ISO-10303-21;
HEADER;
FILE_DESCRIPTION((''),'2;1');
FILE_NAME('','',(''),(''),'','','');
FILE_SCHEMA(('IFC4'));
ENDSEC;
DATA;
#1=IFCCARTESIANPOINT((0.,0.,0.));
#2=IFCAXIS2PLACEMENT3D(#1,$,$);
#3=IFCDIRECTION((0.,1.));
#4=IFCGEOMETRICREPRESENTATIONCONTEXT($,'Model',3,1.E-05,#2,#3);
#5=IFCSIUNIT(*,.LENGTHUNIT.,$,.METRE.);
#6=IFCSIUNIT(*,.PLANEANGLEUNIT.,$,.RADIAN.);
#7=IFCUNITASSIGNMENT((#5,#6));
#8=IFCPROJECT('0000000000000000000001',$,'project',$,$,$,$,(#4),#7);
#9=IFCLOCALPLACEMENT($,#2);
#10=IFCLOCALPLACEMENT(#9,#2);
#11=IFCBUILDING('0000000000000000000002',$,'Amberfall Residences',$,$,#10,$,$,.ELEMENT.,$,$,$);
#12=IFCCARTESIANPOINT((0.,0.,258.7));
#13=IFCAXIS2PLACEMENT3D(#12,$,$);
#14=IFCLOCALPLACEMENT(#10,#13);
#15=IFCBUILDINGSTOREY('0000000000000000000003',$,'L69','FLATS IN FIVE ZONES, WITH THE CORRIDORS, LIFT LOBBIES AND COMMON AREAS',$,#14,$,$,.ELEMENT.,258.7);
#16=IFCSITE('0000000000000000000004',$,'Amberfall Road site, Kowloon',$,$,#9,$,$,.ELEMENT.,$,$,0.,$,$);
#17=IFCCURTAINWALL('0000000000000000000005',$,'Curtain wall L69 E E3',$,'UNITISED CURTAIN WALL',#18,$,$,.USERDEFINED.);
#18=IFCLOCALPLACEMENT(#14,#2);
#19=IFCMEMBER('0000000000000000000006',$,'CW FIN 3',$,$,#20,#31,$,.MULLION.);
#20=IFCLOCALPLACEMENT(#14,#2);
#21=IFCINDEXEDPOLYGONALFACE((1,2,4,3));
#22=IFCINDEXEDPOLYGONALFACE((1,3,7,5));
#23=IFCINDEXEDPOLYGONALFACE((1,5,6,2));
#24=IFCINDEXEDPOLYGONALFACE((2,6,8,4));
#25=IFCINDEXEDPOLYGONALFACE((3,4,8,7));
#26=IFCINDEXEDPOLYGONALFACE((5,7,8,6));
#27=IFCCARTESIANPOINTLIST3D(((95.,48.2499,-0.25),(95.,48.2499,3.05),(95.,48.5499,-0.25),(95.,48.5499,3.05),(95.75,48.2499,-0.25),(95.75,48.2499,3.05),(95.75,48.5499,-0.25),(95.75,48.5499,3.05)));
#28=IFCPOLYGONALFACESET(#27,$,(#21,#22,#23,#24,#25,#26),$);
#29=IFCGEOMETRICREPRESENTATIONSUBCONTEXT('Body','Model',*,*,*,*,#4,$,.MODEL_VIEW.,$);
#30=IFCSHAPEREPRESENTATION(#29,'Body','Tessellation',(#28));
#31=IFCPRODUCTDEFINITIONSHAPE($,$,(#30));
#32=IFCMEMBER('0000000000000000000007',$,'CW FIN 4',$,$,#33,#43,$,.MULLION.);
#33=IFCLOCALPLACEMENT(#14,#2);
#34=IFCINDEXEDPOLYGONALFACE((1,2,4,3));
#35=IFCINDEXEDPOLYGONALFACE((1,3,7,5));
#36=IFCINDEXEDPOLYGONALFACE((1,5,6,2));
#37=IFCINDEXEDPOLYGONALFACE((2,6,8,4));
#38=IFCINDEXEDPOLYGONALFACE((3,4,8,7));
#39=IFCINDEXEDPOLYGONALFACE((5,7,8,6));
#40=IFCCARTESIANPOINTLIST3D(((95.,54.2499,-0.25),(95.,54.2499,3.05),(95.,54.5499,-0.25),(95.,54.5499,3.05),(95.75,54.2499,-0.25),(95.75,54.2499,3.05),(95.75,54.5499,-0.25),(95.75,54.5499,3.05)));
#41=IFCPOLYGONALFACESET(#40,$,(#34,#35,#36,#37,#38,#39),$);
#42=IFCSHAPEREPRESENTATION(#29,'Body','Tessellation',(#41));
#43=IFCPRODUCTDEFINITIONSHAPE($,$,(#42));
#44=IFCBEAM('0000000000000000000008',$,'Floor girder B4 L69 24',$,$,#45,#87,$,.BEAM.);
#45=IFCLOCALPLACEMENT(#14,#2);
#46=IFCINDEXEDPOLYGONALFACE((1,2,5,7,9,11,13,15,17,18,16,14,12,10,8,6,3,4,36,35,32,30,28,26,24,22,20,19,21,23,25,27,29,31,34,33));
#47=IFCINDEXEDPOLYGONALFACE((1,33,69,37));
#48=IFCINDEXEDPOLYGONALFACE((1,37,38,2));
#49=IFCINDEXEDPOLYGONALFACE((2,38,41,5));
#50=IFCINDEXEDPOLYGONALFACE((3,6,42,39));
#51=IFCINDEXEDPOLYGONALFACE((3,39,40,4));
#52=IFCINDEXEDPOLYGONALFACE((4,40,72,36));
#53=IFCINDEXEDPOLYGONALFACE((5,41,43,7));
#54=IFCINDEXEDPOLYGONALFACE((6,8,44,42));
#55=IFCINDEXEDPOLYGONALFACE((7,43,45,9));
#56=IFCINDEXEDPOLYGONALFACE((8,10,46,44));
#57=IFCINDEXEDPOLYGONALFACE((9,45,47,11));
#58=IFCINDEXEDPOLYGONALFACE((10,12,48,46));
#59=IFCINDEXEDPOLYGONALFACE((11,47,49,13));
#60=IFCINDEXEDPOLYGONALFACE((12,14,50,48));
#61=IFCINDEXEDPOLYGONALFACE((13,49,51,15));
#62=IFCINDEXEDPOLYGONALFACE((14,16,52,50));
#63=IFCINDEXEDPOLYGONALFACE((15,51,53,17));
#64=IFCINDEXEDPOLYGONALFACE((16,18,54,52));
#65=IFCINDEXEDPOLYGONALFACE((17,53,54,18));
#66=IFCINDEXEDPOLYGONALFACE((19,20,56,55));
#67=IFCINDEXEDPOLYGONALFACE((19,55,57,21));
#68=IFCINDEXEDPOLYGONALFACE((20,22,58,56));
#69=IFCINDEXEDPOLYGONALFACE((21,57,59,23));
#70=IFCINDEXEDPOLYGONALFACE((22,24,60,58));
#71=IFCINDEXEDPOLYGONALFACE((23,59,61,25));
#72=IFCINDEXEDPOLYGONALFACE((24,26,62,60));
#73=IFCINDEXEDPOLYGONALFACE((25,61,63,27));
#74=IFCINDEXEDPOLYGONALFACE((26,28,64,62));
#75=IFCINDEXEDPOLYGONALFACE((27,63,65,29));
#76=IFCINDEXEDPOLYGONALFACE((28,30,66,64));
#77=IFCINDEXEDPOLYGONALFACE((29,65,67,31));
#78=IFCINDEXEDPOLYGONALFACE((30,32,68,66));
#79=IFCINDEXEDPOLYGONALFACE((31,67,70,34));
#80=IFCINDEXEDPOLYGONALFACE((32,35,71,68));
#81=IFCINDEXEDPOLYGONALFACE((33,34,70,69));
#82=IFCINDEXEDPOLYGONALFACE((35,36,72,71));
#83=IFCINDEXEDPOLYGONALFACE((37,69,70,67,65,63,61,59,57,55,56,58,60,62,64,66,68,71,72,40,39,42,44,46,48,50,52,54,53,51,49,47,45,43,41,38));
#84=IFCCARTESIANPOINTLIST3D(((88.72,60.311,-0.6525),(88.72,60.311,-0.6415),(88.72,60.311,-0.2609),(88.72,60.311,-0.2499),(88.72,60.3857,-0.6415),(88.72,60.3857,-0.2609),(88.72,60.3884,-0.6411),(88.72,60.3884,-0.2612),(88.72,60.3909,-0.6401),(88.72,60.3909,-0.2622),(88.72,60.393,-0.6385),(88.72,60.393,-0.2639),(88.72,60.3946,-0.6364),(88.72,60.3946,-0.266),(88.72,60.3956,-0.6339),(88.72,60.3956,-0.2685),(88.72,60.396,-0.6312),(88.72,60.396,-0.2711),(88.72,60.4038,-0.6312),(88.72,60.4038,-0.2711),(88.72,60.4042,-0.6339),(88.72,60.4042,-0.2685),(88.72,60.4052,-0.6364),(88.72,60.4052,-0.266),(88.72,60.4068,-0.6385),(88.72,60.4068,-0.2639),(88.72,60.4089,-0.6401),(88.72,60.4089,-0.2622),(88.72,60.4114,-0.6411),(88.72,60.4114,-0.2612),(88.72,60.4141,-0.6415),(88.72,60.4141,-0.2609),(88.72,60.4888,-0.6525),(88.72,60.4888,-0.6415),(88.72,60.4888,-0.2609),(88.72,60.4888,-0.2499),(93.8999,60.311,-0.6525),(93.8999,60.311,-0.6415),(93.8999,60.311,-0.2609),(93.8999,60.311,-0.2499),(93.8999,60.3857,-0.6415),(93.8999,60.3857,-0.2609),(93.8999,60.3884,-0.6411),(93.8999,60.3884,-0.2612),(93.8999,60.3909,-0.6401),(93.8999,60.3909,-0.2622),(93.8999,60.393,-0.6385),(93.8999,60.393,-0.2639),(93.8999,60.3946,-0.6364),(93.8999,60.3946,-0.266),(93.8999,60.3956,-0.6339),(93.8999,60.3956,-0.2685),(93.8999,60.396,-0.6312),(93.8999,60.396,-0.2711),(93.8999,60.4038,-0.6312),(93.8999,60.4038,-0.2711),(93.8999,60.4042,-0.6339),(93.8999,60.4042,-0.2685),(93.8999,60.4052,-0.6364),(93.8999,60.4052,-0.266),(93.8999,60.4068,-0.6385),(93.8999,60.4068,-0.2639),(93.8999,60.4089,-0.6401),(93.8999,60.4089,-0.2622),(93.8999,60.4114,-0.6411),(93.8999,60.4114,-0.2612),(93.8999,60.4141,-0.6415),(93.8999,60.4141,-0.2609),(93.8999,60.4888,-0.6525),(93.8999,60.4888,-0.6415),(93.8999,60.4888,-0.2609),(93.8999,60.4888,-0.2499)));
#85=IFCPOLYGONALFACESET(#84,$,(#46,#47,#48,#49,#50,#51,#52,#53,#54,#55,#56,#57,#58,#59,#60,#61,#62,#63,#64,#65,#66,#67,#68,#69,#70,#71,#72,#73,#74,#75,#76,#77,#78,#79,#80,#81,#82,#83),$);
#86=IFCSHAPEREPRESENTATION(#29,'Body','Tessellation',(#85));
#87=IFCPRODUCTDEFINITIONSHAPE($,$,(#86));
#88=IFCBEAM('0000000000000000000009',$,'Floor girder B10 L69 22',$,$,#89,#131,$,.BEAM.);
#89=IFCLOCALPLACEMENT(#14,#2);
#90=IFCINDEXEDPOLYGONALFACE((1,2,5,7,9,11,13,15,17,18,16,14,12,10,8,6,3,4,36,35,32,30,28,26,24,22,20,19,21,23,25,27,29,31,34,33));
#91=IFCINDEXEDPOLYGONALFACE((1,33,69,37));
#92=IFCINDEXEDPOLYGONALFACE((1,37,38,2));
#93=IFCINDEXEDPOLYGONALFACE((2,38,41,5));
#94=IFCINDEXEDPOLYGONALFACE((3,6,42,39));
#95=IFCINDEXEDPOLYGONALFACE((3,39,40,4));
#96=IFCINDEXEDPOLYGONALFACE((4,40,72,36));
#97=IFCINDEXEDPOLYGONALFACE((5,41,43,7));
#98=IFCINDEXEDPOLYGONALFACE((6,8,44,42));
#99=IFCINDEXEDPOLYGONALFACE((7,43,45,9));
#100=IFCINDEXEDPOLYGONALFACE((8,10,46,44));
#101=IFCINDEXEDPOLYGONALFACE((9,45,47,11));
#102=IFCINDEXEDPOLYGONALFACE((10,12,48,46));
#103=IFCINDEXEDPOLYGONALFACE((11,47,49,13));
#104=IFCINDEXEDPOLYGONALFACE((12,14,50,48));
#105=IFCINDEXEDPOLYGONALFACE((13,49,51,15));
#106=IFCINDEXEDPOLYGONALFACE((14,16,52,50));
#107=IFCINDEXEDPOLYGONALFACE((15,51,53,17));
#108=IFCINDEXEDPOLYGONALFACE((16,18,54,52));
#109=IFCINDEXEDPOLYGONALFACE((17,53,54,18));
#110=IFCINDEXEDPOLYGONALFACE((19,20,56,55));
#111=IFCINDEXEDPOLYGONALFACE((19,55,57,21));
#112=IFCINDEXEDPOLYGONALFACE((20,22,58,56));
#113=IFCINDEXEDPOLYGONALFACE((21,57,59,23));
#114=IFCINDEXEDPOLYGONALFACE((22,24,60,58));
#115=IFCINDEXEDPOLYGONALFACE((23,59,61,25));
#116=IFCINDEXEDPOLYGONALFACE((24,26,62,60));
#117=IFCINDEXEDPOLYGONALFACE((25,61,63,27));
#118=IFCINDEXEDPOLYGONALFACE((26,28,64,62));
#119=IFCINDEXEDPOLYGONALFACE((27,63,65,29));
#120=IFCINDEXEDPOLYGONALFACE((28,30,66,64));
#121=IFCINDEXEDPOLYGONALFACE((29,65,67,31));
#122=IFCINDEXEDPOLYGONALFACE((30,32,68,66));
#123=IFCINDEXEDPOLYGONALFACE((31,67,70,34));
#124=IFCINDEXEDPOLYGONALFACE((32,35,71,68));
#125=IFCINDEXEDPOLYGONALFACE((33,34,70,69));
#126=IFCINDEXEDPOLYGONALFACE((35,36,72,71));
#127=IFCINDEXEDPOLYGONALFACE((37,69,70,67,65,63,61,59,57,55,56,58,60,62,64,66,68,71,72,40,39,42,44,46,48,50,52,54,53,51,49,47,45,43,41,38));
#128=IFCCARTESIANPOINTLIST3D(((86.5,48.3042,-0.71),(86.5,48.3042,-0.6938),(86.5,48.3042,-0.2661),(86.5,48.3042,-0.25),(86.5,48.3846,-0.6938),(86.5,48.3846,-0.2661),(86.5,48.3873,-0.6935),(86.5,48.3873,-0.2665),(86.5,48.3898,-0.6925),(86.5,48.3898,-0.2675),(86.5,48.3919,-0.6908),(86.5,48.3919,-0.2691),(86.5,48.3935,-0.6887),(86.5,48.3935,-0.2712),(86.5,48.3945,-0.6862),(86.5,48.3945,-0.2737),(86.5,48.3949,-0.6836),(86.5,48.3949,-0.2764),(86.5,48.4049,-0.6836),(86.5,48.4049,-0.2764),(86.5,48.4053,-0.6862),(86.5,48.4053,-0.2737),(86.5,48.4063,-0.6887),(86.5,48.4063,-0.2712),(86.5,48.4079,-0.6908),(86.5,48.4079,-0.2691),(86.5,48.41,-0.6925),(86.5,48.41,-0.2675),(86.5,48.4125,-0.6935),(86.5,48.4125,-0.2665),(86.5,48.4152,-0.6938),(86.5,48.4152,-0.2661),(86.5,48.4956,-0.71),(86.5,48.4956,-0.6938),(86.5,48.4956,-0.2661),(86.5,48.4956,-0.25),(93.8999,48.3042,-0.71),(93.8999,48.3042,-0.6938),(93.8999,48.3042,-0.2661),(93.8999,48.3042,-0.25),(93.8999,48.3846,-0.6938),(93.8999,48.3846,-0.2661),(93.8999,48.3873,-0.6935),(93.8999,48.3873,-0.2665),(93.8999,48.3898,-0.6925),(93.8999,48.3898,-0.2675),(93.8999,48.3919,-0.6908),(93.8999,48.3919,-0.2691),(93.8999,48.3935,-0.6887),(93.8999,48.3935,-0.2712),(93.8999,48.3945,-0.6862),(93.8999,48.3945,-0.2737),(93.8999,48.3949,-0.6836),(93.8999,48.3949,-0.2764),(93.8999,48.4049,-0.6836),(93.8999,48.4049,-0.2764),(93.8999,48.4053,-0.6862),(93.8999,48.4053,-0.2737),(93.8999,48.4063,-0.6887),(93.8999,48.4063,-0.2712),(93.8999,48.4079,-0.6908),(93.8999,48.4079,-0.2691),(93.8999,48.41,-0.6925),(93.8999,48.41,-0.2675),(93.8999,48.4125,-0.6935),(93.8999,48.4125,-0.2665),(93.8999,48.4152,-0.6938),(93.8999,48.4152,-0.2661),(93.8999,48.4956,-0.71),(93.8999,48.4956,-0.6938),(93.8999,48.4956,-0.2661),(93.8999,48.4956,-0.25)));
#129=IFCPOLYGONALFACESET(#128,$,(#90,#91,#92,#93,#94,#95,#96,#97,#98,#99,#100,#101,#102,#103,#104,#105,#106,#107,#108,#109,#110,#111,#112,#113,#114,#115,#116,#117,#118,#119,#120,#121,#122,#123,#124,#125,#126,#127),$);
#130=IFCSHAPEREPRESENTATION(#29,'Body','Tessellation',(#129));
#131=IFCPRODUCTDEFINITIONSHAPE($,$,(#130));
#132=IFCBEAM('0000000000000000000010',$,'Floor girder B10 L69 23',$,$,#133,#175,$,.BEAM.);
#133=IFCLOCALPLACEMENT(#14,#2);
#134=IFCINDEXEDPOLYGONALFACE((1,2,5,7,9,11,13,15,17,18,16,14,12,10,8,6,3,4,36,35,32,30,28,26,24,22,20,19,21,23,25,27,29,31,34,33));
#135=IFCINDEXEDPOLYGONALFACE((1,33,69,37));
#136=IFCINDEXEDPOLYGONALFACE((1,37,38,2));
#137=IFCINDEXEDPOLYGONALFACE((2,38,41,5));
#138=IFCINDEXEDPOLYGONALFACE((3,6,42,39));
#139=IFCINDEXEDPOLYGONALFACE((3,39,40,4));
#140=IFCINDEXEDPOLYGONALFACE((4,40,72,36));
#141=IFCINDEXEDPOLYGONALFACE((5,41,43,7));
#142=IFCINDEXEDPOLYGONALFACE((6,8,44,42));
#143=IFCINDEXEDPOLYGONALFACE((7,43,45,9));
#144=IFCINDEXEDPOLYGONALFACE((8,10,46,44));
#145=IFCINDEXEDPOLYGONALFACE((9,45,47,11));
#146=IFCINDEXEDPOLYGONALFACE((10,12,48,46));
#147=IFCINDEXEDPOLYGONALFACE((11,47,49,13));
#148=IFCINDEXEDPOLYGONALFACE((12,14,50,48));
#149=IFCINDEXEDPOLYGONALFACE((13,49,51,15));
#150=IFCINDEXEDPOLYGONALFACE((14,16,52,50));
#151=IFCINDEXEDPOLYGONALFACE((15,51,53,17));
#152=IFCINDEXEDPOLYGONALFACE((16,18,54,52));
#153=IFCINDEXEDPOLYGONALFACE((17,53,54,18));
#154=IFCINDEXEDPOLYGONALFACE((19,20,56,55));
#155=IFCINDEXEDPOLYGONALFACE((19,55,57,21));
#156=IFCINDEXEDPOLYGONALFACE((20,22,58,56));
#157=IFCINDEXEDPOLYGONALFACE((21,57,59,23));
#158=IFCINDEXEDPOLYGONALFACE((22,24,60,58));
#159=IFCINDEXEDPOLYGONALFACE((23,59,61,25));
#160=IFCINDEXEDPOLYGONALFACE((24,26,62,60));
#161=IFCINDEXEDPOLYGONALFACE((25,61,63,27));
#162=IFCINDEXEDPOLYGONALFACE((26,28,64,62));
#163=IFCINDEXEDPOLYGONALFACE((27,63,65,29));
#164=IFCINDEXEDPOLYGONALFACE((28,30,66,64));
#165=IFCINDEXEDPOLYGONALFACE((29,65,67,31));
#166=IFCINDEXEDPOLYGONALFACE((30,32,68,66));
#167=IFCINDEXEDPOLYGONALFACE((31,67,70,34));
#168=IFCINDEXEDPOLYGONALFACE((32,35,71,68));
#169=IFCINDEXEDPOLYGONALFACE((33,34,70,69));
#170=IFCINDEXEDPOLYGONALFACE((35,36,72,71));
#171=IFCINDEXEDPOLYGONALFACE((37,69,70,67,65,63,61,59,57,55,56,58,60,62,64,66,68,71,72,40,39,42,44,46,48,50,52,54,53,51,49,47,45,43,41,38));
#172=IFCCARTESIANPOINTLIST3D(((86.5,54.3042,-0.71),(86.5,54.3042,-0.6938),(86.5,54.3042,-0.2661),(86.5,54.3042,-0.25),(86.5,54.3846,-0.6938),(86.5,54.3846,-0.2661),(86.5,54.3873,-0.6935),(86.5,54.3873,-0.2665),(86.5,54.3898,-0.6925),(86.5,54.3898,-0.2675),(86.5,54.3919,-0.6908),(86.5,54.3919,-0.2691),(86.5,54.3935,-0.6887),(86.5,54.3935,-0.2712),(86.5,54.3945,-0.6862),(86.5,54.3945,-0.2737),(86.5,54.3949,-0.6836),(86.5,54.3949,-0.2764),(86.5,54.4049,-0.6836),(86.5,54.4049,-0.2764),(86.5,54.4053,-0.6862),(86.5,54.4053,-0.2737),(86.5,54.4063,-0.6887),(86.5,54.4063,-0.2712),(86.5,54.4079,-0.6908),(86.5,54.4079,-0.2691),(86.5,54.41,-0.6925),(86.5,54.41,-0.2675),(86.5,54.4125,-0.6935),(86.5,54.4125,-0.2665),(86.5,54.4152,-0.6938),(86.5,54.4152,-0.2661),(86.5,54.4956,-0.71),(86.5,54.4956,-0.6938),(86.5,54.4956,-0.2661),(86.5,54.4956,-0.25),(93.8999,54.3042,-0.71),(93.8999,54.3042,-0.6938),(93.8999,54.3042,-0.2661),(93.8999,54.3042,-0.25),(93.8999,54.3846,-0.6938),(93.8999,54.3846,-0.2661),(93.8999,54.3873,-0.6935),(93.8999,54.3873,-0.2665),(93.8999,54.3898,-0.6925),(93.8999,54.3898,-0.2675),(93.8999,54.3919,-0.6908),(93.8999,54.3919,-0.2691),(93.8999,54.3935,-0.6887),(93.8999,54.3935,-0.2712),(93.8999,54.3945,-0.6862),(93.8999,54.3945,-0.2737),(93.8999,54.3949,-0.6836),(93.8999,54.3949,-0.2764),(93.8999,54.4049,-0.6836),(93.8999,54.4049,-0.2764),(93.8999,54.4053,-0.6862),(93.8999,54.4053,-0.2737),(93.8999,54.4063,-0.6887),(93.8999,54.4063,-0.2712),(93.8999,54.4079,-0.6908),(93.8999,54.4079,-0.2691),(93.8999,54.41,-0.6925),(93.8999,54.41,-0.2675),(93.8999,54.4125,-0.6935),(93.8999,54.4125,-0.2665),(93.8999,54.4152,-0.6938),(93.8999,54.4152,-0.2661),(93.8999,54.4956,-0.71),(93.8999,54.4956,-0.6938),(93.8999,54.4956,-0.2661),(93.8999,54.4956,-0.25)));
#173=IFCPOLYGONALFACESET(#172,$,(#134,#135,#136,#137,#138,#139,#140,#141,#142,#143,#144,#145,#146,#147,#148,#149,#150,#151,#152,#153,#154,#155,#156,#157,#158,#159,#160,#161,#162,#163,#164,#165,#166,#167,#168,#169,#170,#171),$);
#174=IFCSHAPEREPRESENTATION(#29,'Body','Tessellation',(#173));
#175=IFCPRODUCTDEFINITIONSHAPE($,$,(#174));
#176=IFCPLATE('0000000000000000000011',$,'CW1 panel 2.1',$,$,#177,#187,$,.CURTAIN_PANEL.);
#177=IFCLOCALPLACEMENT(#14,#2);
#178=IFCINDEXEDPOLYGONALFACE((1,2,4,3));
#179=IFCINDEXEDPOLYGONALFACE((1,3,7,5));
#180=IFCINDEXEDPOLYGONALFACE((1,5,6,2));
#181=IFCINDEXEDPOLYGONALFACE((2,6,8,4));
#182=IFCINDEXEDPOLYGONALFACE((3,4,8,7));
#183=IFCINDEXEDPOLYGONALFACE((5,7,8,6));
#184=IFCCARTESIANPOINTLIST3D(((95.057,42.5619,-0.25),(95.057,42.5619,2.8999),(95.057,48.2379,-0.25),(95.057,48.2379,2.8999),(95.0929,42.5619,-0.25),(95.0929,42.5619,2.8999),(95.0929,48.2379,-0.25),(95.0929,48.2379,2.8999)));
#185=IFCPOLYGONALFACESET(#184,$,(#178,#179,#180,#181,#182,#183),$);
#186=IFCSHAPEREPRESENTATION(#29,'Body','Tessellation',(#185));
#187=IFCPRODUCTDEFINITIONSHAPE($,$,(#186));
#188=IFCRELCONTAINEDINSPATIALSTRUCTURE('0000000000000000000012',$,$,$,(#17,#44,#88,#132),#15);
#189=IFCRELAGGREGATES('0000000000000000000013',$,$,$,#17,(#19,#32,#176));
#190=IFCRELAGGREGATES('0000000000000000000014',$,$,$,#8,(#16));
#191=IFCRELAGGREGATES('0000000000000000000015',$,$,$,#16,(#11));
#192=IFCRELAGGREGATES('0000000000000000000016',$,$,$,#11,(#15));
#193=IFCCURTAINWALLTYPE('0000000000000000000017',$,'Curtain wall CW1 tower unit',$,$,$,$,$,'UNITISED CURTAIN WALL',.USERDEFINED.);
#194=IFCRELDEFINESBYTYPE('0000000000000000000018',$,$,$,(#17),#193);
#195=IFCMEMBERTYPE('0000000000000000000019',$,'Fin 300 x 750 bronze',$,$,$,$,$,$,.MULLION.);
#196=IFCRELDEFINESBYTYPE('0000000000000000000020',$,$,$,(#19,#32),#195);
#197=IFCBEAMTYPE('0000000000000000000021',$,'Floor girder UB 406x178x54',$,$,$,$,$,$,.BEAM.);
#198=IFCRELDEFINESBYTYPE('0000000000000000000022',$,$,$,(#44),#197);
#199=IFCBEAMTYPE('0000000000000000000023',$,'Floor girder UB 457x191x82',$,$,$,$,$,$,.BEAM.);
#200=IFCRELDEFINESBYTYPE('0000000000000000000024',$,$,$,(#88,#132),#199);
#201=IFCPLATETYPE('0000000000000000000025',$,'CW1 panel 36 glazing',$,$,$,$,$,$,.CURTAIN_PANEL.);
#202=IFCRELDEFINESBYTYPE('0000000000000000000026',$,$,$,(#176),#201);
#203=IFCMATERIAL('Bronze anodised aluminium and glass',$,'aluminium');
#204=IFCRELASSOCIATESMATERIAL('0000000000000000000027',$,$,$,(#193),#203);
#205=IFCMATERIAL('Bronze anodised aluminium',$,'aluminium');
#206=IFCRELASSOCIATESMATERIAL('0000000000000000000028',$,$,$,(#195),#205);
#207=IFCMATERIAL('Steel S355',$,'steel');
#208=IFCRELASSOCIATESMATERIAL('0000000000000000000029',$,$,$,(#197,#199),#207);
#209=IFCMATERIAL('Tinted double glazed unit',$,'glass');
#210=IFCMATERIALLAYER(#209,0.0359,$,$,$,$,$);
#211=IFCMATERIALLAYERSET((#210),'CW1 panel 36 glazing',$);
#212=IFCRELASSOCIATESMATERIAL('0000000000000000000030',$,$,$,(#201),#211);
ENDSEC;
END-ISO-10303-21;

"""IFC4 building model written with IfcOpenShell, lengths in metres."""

from ifc_helpers import new_model, si_unit, direction, frame, origin, origin_2d, place, context, subcontext, project, spatial, rectangle, i_section, extrude, material, layer, layer_set, material_profile, profile_set, type_object, element, aggregate, save


model = new_model("IFC4")

# Units and contexts
model_context = context("Model", 3, precision=1e-05, world=origin(), true_north=direction((0.0, 1.0)))
body_context = subcontext(model_context, "Body", "Model", "MODEL_VIEW")
ifc_project = project(units=[si_unit("LENGTHUNIT", "METRE"), si_unit("PLANEANGLEUNIT", "RADIAN")], contexts=[model_context])

# Site, building, storey
site_placement = place(None, origin())
site = spatial("IfcSite", under=ifc_project, at=site_placement, Name="Amberfall Road site, Kowloon", CompositionType="ELEMENT", RefElevation=0.0)
building_placement = place(site_placement, origin())
building = spatial("IfcBuilding", under=site, at=building_placement, Name="Amberfall Residences", CompositionType="ELEMENT")
storey_placement = place(building_placement, frame((0.0, 0.0, 258.7)))
storey = spatial("IfcBuildingStorey", under=building, at=storey_placement, Name="L69", Description="FLATS IN FIVE ZONES, WITH THE CORRIDORS, LIFT LOBBIES AND COMMON AREAS", CompositionType="ELEMENT", Elevation=258.7)

# Curtain wall
ifc_material_1 = material(Name="Bronze anodised aluminium and glass", Category="aluminium")
curtain_wall_type = type_object("IfcCurtainWallType", Name="Curtain wall CW1 tower unit", ElementType="UNITISED CURTAIN WALL", PredefinedType="USERDEFINED", material=ifc_material_1)
curtain_wall_placement = place(storey_placement, origin())
curtain_wall = element("IfcCurtainWall", 1, at=curtain_wall_placement, inside=storey, type_object=curtain_wall_type, Name="Curtain wall L69 E E3", ObjectType="UNITISED CURTAIN WALL", PredefinedType="USERDEFINED")
ifc_material_2 = material(Name="Bronze anodised aluminium", Category="aluminium")

# Shared definitions
ifc_material_3 = material(Name="Steel S355", Category="steel")

# Members
ifc_material_profile_1 = material_profile(ifc_material_2, rectangle(XDim=0.75, YDim=0.3, at=origin_2d()), Name="Fin 300 x 750 bronze")
ifc_profile_set_1 = profile_set([ifc_material_profile_1], Name="Bronze anodised aluminium")
member_type_1 = type_object("IfcMemberType", Name="Fin 300 x 750 bronze", PredefinedType="MULLION", material=ifc_profile_set_1)
member_1_placement = place(storey_placement, frame((95.375, 48.3999, -0.25), z_axis=(0.0, 0.0, 1.0), x_axis=(-1.0, 0.0, 0.0)))
member_1 = element("IfcMember", 2, at=member_1_placement, type_object=member_type_1, Name="CW FIN 3", PredefinedType="MULLION", context=body_context, shape_type="SweptSolid", body=[
    extrude(rectangle(XDim=0.75, YDim=0.3, at=origin_2d()), origin(), (0.0, 0.0, 1.0), 3.3),
])
member_2_placement = place(storey_placement, frame((95.375, 54.3999, -0.25), z_axis=(0.0, 0.0, 1.0), x_axis=(-1.0, 0.0, 0.0)))
member_2 = element("IfcMember", 3, at=member_2_placement, type_object=member_type_1, Name="CW FIN 4", PredefinedType="MULLION", context=body_context, shape_type="SweptSolid", body=[
    extrude(rectangle(XDim=0.75, YDim=0.3, at=origin_2d()), origin(), (0.0, 0.0, 1.0), 3.3),
])

# Beams
ifc_material_profile_2 = material_profile(ifc_material_3, i_section(OverallWidth=0.1777, OverallDepth=0.4026, WebThickness=0.0078, FlangeThickness=0.011, FilletRadius=0.0103, at=origin_2d()), Name="UB 406x178x54")
ifc_profile_set_2 = profile_set([ifc_material_profile_2], Name="Steel S355")
beam_type_1 = type_object("IfcBeamType", Name="Floor girder UB 406x178x54", PredefinedType="BEAM", material=ifc_profile_set_2)
beam_placement = place(storey_placement, frame((93.8999, 60.3999, -0.4512), z_axis=(-1.0, 0.0, 0.0), x_axis=(0.0, -1.0, 0.0)))
element("IfcBeam", 4, at=beam_placement, inside=storey, type_object=beam_type_1, Name="Floor girder B4 L69 24", PredefinedType="BEAM", context=body_context, shape_type="SweptSolid", body=[
    extrude(i_section(OverallWidth=0.1777, OverallDepth=0.4026, WebThickness=0.0078, FlangeThickness=0.011, FilletRadius=0.0103, at=origin_2d()), origin(), (0.0, 0.0, 1.0), 5.1799),
])
ifc_material_profile_3 = material_profile(ifc_material_3, i_section(OverallWidth=0.1914, OverallDepth=0.46, WebThickness=0.01, FlangeThickness=0.0161, FilletRadius=0.0103, at=origin_2d()), Name="UB 457x191x82")
ifc_profile_set_3 = profile_set([ifc_material_profile_3], Name="Steel S355")
beam_type_2 = type_object("IfcBeamType", Name="Floor girder UB 457x191x82", PredefinedType="BEAM", material=ifc_profile_set_3)
for number, where, z_axis, x_axis, name in (
    (5, (93.8999, 48.3999, -0.48), (-1.0, 0.0, 0.0), (0.0, -1.0, 0.0), "Floor girder B10 L69 22"),
    (6, (93.8999, 54.3999, -0.48), (-1.0, 0.0, 0.0), (0.0, -1.0, 0.0), "Floor girder B10 L69 23"),
):
    element("IfcBeam", number, at=place(storey_placement, frame(where, z_axis=z_axis, x_axis=x_axis)), inside=storey, type_object=beam_type_2, Name=name, PredefinedType="BEAM", context=body_context, shape_type="SweptSolid", body=[
        extrude(i_section(OverallWidth=0.1914, OverallDepth=0.46, WebThickness=0.01, FlangeThickness=0.0161, FilletRadius=0.0103, at=origin_2d()), origin(), (0.0, 0.0, 1.0), 7.3999),
    ])

# Plate
ifc_material_4 = material(Name="Tinted double glazed unit", Category="glass")
ifc_layer_1 = layer(ifc_material_4, 0.0359)
ifc_layer_set_1 = layer_set([ifc_layer_1], Name="CW1 panel 36 glazing")
plate_type = type_object("IfcPlateType", Name="CW1 panel 36 glazing", PredefinedType="CURTAIN_PANEL", material=ifc_layer_set_1)
plate_1_placement = place(storey_placement, frame((95.075, 45.3999, -0.25), z_axis=(0.0, 0.0, 1.0), x_axis=(0.0, 1.0, 0.0)))
plate_1 = element("IfcPlate", 7, at=plate_1_placement, type_object=plate_type, Name="CW1 panel 2.1", PredefinedType="CURTAIN_PANEL", context=body_context, shape_type="SweptSolid", body=[
    extrude(rectangle(XDim=5.676, YDim=0.0359, at=origin_2d()), origin(), (0.0, 0.0, 1.0), 3.1499),
])
aggregate(curtain_wall, [member_1, member_2, plate_1])

save(model, "model.ifc")
